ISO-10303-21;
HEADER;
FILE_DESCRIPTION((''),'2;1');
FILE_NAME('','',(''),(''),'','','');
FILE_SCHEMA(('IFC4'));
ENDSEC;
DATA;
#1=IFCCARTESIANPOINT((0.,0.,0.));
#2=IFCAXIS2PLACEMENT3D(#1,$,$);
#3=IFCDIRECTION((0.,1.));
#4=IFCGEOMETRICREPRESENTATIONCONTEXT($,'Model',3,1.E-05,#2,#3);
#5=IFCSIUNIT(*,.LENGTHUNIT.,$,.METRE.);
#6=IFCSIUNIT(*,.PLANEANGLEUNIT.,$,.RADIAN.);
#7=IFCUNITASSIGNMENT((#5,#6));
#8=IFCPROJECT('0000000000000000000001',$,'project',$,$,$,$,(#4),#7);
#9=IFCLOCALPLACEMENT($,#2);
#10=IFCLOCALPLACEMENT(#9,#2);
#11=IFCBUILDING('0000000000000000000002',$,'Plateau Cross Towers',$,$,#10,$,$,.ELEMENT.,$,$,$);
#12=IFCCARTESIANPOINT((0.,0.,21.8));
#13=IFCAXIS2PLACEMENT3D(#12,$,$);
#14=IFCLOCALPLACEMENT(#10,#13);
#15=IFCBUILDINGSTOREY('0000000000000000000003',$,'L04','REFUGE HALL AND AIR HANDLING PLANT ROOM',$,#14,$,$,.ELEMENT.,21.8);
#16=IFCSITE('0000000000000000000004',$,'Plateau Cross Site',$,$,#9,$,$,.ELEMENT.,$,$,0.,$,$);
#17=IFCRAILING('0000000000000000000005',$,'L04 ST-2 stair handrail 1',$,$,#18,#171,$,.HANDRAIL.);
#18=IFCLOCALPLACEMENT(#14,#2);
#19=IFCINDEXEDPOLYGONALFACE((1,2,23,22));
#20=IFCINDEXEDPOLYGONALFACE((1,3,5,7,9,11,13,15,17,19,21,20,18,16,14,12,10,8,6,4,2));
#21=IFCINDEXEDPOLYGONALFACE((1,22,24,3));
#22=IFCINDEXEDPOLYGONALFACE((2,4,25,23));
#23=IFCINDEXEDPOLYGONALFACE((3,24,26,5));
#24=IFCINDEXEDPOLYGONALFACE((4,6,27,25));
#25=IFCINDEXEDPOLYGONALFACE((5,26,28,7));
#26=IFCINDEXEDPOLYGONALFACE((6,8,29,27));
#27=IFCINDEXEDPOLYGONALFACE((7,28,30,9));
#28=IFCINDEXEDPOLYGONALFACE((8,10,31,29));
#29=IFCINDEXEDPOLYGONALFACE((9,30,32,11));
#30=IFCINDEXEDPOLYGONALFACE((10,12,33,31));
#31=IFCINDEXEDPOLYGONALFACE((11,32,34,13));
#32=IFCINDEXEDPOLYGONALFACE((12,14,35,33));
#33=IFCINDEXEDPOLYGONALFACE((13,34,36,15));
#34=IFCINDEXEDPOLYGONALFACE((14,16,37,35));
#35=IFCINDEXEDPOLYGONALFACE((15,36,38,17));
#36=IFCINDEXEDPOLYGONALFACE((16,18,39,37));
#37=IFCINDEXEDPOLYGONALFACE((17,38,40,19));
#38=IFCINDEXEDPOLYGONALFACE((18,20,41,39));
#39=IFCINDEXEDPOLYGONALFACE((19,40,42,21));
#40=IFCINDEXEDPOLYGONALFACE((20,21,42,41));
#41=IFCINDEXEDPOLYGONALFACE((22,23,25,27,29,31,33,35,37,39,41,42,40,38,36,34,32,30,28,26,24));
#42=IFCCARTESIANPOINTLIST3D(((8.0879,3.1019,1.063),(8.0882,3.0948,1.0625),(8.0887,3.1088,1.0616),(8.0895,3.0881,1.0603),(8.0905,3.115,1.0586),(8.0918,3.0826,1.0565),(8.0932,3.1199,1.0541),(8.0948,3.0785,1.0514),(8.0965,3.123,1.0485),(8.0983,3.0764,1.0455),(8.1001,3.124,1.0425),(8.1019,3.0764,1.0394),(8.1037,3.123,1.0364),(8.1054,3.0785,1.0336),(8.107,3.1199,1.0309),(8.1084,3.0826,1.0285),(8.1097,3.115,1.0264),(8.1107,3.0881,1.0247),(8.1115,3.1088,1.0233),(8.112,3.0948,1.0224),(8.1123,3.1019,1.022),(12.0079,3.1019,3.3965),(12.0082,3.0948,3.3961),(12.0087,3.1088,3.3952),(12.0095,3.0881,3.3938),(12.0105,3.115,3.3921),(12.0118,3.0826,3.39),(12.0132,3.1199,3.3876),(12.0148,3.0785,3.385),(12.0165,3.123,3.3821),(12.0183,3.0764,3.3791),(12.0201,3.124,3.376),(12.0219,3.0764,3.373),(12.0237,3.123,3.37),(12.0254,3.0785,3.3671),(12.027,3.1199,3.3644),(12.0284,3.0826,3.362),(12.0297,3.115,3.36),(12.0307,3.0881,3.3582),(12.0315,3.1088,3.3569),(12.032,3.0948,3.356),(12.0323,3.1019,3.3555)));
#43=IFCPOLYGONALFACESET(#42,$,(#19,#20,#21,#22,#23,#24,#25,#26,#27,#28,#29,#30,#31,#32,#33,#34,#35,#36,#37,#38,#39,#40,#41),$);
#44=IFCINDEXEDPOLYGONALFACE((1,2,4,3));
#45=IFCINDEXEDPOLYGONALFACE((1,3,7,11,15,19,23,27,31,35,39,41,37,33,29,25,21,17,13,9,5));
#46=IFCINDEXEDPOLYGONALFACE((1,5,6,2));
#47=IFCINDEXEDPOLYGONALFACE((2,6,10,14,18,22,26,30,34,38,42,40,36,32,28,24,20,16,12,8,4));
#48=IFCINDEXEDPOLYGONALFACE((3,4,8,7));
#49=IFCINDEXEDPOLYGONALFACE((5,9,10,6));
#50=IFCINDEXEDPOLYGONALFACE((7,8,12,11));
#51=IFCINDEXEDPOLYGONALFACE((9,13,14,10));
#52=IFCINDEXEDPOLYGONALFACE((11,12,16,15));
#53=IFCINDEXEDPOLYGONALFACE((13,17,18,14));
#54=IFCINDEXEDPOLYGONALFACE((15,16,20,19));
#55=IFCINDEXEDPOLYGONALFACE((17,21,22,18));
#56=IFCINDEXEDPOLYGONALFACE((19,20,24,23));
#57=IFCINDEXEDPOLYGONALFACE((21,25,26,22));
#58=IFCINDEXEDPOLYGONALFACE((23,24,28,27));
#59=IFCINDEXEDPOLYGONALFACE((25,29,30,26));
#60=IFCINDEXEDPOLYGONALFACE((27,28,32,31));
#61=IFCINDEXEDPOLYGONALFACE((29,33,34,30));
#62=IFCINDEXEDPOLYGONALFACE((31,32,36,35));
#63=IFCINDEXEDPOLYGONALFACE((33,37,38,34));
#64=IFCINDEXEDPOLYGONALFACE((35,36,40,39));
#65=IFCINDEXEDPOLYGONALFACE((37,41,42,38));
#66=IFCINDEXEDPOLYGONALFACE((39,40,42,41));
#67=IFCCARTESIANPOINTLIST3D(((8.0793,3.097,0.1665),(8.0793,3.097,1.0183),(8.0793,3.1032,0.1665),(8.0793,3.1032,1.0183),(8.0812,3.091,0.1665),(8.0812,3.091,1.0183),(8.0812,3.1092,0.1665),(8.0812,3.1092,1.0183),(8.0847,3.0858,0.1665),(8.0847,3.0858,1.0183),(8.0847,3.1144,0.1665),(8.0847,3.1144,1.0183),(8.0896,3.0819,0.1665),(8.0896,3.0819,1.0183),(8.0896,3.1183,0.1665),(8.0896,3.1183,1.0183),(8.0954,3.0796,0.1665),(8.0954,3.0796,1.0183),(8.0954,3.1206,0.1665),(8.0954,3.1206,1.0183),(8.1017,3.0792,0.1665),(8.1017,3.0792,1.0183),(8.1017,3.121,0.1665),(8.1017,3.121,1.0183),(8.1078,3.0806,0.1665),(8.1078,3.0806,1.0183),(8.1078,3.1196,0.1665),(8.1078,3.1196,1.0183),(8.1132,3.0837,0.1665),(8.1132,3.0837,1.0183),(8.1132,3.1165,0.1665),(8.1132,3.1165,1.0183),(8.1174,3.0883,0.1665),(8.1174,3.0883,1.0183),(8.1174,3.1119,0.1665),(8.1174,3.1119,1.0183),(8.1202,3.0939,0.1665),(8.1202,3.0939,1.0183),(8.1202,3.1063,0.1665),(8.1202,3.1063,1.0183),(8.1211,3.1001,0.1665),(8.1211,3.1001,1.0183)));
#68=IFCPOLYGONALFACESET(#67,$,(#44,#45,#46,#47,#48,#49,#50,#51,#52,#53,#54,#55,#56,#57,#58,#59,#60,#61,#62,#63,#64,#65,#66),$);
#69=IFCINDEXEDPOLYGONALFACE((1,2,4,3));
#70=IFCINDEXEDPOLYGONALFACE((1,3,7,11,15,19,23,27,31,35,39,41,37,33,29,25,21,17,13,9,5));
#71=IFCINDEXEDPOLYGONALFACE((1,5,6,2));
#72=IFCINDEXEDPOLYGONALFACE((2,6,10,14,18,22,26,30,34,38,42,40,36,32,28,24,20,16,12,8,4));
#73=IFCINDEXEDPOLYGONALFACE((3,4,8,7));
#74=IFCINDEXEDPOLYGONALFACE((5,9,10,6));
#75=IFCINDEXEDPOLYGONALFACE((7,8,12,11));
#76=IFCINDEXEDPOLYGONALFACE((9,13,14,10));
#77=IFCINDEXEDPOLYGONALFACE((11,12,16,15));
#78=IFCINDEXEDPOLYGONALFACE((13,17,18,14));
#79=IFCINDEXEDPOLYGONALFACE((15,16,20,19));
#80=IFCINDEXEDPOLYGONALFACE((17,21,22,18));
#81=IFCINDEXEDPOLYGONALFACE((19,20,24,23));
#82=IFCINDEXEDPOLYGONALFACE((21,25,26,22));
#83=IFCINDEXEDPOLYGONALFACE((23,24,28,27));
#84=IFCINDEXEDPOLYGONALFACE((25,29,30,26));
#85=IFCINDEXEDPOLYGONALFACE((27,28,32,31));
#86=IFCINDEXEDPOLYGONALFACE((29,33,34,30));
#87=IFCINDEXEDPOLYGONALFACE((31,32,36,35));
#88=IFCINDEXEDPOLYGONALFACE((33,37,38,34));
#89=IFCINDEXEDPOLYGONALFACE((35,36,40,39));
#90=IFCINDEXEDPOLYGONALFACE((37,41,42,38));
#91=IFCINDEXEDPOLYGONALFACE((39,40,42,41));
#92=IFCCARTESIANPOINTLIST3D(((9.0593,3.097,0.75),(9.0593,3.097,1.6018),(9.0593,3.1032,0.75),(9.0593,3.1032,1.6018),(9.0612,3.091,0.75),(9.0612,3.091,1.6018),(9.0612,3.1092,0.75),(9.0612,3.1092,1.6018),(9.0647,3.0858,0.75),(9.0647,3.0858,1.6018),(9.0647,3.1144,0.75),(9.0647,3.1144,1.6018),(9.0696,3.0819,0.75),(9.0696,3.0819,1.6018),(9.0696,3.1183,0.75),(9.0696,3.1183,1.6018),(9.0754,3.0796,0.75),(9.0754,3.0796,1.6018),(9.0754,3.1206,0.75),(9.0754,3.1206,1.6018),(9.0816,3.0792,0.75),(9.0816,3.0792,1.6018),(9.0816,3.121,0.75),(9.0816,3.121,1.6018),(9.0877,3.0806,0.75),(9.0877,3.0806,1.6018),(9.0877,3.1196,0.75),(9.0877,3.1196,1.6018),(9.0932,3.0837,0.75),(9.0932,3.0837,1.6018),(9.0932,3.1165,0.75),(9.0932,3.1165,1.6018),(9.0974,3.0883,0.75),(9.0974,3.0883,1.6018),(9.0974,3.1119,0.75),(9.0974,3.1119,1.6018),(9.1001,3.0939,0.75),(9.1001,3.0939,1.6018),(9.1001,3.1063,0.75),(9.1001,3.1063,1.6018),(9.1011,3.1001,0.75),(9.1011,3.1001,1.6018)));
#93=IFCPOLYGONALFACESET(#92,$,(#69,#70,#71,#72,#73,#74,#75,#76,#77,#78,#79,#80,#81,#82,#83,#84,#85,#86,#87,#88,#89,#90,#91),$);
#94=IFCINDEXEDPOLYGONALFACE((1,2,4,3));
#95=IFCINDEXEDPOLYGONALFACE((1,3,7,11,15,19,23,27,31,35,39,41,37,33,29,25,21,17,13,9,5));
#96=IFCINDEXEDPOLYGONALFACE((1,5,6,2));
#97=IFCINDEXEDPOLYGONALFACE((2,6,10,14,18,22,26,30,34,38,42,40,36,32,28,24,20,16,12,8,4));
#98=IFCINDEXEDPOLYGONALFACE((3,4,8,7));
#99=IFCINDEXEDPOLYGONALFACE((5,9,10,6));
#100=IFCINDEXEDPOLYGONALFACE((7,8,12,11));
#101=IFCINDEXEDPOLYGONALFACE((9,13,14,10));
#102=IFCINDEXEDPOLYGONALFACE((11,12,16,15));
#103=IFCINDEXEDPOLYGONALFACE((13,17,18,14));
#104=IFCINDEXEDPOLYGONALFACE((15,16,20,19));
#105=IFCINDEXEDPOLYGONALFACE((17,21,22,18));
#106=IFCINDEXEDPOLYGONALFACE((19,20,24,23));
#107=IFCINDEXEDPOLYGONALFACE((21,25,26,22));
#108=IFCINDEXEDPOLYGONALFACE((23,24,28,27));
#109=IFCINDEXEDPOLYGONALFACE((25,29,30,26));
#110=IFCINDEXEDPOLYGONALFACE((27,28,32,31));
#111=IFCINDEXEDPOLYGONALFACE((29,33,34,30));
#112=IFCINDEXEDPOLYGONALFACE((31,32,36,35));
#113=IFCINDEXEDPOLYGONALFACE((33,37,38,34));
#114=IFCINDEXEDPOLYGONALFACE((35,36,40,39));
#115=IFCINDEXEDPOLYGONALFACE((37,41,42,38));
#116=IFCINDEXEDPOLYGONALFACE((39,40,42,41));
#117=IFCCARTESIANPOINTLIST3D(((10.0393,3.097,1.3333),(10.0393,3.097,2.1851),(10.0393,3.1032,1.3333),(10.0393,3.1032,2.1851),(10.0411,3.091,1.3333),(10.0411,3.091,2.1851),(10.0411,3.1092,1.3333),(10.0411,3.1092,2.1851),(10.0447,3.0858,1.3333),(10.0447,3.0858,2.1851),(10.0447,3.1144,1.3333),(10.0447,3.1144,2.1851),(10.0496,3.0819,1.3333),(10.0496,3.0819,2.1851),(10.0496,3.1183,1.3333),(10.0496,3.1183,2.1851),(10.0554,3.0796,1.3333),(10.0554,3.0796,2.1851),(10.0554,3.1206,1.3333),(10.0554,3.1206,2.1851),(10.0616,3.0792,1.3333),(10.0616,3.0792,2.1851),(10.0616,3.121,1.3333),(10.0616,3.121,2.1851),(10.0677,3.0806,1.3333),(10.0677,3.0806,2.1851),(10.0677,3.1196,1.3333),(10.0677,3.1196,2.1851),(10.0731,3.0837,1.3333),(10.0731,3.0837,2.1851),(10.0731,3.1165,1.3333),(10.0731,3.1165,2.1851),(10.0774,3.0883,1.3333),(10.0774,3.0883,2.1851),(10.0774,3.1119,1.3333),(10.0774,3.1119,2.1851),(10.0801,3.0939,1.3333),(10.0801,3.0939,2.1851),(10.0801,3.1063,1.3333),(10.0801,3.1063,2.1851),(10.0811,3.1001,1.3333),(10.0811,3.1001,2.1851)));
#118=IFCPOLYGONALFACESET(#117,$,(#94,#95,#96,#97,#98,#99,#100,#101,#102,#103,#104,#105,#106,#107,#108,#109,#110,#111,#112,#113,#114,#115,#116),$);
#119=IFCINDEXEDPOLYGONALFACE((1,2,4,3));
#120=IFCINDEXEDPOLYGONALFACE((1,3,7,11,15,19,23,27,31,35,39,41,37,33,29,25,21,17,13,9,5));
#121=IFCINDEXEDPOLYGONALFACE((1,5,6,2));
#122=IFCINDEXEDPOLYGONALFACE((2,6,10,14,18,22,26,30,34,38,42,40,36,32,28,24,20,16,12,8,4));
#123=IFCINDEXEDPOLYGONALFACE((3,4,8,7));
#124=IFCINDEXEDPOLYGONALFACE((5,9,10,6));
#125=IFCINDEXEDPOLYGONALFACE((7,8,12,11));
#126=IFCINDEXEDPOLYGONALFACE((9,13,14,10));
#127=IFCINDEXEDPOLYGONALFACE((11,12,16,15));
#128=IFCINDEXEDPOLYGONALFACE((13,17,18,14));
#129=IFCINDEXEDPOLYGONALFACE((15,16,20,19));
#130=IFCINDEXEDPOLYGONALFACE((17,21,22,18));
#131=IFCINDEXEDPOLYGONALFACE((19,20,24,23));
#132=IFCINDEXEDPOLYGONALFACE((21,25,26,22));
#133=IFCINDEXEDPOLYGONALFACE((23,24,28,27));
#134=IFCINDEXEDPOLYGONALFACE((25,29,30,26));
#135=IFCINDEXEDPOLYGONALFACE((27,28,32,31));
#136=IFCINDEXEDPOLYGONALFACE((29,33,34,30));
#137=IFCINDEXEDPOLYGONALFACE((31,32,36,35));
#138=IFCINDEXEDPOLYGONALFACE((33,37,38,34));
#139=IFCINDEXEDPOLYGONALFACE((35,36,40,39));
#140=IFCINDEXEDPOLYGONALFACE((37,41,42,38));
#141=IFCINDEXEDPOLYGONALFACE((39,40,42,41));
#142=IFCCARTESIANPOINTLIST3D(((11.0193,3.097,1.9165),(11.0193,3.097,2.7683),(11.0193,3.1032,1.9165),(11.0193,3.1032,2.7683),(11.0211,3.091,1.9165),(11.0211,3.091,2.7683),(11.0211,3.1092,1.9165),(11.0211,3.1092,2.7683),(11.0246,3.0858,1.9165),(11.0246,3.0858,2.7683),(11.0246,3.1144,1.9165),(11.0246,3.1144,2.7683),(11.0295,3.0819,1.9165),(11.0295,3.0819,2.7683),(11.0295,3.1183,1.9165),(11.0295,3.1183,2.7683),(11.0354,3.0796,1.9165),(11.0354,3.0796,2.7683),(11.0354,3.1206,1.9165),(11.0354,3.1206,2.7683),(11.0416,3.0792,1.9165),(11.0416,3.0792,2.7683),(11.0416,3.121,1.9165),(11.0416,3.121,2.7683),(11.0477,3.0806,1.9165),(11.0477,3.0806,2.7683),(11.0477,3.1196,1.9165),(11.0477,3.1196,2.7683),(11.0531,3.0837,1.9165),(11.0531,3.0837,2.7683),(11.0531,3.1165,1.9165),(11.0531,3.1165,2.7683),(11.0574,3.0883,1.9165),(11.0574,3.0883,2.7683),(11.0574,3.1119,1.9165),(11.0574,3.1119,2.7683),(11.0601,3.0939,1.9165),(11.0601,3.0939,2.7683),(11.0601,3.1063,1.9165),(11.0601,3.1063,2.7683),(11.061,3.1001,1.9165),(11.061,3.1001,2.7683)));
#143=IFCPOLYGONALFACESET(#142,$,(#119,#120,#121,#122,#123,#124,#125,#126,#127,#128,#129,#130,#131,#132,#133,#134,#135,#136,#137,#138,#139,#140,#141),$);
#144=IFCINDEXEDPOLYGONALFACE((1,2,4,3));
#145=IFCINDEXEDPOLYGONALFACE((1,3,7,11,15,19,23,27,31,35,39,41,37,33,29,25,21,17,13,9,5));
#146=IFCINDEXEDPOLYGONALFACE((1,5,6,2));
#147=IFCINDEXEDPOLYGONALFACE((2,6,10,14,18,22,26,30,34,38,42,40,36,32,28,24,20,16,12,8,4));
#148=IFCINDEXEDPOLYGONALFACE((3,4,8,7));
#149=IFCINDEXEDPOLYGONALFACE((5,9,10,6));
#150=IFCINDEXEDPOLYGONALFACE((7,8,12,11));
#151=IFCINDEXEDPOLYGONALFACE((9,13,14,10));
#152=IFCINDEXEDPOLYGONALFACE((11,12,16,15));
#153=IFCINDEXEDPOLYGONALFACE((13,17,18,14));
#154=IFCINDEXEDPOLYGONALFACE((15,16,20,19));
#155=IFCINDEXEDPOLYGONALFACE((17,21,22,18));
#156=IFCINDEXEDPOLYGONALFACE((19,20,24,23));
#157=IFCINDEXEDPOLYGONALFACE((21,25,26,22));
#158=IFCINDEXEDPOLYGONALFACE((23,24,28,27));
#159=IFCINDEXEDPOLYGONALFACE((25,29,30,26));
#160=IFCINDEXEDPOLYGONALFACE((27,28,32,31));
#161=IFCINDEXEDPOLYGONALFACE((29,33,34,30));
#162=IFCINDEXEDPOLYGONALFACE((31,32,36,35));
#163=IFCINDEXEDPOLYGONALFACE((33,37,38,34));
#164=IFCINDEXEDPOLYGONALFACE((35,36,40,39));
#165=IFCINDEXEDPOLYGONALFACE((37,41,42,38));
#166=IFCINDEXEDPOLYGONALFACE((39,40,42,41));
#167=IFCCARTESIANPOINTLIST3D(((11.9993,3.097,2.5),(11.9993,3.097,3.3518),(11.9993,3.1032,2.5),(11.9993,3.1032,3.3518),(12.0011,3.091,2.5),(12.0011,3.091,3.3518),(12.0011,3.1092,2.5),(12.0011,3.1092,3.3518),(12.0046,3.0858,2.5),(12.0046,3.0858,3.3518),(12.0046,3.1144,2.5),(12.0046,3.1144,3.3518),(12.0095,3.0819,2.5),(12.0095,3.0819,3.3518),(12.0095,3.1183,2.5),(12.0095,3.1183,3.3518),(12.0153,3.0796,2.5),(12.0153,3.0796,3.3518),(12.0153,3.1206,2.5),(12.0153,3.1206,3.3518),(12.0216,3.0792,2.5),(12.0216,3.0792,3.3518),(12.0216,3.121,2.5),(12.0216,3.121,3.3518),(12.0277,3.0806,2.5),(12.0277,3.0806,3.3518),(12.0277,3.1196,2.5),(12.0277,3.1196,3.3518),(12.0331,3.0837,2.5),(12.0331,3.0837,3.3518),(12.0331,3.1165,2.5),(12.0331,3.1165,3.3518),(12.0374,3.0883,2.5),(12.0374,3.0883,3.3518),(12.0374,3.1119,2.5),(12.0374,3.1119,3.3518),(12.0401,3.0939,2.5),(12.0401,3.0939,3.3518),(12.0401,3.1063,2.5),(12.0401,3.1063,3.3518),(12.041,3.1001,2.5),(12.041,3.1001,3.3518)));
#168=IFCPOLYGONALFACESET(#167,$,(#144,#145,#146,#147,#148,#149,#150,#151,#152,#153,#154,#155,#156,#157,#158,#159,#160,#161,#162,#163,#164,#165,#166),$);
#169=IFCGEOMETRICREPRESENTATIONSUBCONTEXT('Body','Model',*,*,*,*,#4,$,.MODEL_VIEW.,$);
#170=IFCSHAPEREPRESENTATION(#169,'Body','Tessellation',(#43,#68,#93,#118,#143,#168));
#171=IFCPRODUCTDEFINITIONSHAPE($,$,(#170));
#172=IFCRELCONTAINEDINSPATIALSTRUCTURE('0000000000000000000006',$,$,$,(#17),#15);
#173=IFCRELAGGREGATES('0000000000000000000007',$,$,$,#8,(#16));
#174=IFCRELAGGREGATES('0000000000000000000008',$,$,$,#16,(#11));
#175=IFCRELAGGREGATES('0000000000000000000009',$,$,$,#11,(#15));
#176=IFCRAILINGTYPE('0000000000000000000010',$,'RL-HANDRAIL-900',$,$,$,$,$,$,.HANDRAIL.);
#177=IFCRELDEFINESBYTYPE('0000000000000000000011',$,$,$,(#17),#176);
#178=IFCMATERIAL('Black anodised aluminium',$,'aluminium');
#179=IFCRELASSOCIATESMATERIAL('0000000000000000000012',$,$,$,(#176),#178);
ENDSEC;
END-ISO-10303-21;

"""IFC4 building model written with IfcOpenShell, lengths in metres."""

from ifc_helpers import new_model, si_unit, direction, frame, origin, origin_2d, place, context, subcontext, project, spatial, circle, extrude, material, type_object, element, save


model = new_model("IFC4")

# Units and contexts
model_context = context("Model", 3, precision=1e-05, world=origin(), true_north=direction((0.0, 1.0)))
body_context = subcontext(model_context, "Body", "Model", "MODEL_VIEW")
ifc_project = project(units=[si_unit("LENGTHUNIT", "METRE"), si_unit("PLANEANGLEUNIT", "RADIAN")], contexts=[model_context])

# Site, building, storey
site_placement = place(None, origin())
site = spatial("IfcSite", under=ifc_project, at=site_placement, Name="Plateau Cross Site", CompositionType="ELEMENT", RefElevation=0.0)
building_placement = place(site_placement, origin())
building = spatial("IfcBuilding", under=site, at=building_placement, Name="Plateau Cross Towers", CompositionType="ELEMENT")
storey_placement = place(building_placement, frame((0.0, 0.0, 21.8)))
storey = spatial("IfcBuildingStorey", under=building, at=storey_placement, Name="L04", Description="REFUGE HALL AND AIR HANDLING PLANT ROOM", CompositionType="ELEMENT", Elevation=21.8)

# Railing
ifc_material_1 = material(Name="Black anodised aluminium", Category="aluminium")
railing_type_1 = type_object("IfcRailingType", Name="RL-HANDRAIL-900", PredefinedType="HANDRAIL", material=ifc_material_1)
railing_1_placement = place(storey_placement, frame((8.1001, 3.1001, 0.1665)))
element("IfcRailing", 1, at=railing_1_placement, inside=storey, type_object=railing_type_1, Name="L04 ST-2 stair handrail 1", PredefinedType="HANDRAIL", context=body_context, shape_type="SweptSolid", body=[
    extrude(circle(Radius=0.0239, at=origin_2d()), frame((0.0, 0.0, 0.876), z_axis=(0.859273, 0.0, 0.511518), x_axis=(0.0, 1.0, 0.0)), (0.0, 0.0, 1.0), 4.562),
    extrude(circle(Radius=0.021, at=origin_2d()), origin(), (0.0, 0.0, 1.0), 0.8518),
    extrude(circle(Radius=0.021, at=origin_2d()), frame((0.98, 0.0, 0.5835)), (0.0, 0.0, 1.0), 0.8518),
    extrude(circle(Radius=0.021, at=origin_2d()), frame((1.96, 0.0, 1.1667)), (0.0, 0.0, 1.0), 0.8518),
    extrude(circle(Radius=0.021, at=origin_2d()), frame((2.9399, 0.0, 1.75)), (0.0, 0.0, 1.0), 0.8518),
    extrude(circle(Radius=0.021, at=origin_2d()), frame((3.9199, 0.0, 2.3335)), (0.0, 0.0, 1.0), 0.8518),
])

save(model, "model.ifc")
